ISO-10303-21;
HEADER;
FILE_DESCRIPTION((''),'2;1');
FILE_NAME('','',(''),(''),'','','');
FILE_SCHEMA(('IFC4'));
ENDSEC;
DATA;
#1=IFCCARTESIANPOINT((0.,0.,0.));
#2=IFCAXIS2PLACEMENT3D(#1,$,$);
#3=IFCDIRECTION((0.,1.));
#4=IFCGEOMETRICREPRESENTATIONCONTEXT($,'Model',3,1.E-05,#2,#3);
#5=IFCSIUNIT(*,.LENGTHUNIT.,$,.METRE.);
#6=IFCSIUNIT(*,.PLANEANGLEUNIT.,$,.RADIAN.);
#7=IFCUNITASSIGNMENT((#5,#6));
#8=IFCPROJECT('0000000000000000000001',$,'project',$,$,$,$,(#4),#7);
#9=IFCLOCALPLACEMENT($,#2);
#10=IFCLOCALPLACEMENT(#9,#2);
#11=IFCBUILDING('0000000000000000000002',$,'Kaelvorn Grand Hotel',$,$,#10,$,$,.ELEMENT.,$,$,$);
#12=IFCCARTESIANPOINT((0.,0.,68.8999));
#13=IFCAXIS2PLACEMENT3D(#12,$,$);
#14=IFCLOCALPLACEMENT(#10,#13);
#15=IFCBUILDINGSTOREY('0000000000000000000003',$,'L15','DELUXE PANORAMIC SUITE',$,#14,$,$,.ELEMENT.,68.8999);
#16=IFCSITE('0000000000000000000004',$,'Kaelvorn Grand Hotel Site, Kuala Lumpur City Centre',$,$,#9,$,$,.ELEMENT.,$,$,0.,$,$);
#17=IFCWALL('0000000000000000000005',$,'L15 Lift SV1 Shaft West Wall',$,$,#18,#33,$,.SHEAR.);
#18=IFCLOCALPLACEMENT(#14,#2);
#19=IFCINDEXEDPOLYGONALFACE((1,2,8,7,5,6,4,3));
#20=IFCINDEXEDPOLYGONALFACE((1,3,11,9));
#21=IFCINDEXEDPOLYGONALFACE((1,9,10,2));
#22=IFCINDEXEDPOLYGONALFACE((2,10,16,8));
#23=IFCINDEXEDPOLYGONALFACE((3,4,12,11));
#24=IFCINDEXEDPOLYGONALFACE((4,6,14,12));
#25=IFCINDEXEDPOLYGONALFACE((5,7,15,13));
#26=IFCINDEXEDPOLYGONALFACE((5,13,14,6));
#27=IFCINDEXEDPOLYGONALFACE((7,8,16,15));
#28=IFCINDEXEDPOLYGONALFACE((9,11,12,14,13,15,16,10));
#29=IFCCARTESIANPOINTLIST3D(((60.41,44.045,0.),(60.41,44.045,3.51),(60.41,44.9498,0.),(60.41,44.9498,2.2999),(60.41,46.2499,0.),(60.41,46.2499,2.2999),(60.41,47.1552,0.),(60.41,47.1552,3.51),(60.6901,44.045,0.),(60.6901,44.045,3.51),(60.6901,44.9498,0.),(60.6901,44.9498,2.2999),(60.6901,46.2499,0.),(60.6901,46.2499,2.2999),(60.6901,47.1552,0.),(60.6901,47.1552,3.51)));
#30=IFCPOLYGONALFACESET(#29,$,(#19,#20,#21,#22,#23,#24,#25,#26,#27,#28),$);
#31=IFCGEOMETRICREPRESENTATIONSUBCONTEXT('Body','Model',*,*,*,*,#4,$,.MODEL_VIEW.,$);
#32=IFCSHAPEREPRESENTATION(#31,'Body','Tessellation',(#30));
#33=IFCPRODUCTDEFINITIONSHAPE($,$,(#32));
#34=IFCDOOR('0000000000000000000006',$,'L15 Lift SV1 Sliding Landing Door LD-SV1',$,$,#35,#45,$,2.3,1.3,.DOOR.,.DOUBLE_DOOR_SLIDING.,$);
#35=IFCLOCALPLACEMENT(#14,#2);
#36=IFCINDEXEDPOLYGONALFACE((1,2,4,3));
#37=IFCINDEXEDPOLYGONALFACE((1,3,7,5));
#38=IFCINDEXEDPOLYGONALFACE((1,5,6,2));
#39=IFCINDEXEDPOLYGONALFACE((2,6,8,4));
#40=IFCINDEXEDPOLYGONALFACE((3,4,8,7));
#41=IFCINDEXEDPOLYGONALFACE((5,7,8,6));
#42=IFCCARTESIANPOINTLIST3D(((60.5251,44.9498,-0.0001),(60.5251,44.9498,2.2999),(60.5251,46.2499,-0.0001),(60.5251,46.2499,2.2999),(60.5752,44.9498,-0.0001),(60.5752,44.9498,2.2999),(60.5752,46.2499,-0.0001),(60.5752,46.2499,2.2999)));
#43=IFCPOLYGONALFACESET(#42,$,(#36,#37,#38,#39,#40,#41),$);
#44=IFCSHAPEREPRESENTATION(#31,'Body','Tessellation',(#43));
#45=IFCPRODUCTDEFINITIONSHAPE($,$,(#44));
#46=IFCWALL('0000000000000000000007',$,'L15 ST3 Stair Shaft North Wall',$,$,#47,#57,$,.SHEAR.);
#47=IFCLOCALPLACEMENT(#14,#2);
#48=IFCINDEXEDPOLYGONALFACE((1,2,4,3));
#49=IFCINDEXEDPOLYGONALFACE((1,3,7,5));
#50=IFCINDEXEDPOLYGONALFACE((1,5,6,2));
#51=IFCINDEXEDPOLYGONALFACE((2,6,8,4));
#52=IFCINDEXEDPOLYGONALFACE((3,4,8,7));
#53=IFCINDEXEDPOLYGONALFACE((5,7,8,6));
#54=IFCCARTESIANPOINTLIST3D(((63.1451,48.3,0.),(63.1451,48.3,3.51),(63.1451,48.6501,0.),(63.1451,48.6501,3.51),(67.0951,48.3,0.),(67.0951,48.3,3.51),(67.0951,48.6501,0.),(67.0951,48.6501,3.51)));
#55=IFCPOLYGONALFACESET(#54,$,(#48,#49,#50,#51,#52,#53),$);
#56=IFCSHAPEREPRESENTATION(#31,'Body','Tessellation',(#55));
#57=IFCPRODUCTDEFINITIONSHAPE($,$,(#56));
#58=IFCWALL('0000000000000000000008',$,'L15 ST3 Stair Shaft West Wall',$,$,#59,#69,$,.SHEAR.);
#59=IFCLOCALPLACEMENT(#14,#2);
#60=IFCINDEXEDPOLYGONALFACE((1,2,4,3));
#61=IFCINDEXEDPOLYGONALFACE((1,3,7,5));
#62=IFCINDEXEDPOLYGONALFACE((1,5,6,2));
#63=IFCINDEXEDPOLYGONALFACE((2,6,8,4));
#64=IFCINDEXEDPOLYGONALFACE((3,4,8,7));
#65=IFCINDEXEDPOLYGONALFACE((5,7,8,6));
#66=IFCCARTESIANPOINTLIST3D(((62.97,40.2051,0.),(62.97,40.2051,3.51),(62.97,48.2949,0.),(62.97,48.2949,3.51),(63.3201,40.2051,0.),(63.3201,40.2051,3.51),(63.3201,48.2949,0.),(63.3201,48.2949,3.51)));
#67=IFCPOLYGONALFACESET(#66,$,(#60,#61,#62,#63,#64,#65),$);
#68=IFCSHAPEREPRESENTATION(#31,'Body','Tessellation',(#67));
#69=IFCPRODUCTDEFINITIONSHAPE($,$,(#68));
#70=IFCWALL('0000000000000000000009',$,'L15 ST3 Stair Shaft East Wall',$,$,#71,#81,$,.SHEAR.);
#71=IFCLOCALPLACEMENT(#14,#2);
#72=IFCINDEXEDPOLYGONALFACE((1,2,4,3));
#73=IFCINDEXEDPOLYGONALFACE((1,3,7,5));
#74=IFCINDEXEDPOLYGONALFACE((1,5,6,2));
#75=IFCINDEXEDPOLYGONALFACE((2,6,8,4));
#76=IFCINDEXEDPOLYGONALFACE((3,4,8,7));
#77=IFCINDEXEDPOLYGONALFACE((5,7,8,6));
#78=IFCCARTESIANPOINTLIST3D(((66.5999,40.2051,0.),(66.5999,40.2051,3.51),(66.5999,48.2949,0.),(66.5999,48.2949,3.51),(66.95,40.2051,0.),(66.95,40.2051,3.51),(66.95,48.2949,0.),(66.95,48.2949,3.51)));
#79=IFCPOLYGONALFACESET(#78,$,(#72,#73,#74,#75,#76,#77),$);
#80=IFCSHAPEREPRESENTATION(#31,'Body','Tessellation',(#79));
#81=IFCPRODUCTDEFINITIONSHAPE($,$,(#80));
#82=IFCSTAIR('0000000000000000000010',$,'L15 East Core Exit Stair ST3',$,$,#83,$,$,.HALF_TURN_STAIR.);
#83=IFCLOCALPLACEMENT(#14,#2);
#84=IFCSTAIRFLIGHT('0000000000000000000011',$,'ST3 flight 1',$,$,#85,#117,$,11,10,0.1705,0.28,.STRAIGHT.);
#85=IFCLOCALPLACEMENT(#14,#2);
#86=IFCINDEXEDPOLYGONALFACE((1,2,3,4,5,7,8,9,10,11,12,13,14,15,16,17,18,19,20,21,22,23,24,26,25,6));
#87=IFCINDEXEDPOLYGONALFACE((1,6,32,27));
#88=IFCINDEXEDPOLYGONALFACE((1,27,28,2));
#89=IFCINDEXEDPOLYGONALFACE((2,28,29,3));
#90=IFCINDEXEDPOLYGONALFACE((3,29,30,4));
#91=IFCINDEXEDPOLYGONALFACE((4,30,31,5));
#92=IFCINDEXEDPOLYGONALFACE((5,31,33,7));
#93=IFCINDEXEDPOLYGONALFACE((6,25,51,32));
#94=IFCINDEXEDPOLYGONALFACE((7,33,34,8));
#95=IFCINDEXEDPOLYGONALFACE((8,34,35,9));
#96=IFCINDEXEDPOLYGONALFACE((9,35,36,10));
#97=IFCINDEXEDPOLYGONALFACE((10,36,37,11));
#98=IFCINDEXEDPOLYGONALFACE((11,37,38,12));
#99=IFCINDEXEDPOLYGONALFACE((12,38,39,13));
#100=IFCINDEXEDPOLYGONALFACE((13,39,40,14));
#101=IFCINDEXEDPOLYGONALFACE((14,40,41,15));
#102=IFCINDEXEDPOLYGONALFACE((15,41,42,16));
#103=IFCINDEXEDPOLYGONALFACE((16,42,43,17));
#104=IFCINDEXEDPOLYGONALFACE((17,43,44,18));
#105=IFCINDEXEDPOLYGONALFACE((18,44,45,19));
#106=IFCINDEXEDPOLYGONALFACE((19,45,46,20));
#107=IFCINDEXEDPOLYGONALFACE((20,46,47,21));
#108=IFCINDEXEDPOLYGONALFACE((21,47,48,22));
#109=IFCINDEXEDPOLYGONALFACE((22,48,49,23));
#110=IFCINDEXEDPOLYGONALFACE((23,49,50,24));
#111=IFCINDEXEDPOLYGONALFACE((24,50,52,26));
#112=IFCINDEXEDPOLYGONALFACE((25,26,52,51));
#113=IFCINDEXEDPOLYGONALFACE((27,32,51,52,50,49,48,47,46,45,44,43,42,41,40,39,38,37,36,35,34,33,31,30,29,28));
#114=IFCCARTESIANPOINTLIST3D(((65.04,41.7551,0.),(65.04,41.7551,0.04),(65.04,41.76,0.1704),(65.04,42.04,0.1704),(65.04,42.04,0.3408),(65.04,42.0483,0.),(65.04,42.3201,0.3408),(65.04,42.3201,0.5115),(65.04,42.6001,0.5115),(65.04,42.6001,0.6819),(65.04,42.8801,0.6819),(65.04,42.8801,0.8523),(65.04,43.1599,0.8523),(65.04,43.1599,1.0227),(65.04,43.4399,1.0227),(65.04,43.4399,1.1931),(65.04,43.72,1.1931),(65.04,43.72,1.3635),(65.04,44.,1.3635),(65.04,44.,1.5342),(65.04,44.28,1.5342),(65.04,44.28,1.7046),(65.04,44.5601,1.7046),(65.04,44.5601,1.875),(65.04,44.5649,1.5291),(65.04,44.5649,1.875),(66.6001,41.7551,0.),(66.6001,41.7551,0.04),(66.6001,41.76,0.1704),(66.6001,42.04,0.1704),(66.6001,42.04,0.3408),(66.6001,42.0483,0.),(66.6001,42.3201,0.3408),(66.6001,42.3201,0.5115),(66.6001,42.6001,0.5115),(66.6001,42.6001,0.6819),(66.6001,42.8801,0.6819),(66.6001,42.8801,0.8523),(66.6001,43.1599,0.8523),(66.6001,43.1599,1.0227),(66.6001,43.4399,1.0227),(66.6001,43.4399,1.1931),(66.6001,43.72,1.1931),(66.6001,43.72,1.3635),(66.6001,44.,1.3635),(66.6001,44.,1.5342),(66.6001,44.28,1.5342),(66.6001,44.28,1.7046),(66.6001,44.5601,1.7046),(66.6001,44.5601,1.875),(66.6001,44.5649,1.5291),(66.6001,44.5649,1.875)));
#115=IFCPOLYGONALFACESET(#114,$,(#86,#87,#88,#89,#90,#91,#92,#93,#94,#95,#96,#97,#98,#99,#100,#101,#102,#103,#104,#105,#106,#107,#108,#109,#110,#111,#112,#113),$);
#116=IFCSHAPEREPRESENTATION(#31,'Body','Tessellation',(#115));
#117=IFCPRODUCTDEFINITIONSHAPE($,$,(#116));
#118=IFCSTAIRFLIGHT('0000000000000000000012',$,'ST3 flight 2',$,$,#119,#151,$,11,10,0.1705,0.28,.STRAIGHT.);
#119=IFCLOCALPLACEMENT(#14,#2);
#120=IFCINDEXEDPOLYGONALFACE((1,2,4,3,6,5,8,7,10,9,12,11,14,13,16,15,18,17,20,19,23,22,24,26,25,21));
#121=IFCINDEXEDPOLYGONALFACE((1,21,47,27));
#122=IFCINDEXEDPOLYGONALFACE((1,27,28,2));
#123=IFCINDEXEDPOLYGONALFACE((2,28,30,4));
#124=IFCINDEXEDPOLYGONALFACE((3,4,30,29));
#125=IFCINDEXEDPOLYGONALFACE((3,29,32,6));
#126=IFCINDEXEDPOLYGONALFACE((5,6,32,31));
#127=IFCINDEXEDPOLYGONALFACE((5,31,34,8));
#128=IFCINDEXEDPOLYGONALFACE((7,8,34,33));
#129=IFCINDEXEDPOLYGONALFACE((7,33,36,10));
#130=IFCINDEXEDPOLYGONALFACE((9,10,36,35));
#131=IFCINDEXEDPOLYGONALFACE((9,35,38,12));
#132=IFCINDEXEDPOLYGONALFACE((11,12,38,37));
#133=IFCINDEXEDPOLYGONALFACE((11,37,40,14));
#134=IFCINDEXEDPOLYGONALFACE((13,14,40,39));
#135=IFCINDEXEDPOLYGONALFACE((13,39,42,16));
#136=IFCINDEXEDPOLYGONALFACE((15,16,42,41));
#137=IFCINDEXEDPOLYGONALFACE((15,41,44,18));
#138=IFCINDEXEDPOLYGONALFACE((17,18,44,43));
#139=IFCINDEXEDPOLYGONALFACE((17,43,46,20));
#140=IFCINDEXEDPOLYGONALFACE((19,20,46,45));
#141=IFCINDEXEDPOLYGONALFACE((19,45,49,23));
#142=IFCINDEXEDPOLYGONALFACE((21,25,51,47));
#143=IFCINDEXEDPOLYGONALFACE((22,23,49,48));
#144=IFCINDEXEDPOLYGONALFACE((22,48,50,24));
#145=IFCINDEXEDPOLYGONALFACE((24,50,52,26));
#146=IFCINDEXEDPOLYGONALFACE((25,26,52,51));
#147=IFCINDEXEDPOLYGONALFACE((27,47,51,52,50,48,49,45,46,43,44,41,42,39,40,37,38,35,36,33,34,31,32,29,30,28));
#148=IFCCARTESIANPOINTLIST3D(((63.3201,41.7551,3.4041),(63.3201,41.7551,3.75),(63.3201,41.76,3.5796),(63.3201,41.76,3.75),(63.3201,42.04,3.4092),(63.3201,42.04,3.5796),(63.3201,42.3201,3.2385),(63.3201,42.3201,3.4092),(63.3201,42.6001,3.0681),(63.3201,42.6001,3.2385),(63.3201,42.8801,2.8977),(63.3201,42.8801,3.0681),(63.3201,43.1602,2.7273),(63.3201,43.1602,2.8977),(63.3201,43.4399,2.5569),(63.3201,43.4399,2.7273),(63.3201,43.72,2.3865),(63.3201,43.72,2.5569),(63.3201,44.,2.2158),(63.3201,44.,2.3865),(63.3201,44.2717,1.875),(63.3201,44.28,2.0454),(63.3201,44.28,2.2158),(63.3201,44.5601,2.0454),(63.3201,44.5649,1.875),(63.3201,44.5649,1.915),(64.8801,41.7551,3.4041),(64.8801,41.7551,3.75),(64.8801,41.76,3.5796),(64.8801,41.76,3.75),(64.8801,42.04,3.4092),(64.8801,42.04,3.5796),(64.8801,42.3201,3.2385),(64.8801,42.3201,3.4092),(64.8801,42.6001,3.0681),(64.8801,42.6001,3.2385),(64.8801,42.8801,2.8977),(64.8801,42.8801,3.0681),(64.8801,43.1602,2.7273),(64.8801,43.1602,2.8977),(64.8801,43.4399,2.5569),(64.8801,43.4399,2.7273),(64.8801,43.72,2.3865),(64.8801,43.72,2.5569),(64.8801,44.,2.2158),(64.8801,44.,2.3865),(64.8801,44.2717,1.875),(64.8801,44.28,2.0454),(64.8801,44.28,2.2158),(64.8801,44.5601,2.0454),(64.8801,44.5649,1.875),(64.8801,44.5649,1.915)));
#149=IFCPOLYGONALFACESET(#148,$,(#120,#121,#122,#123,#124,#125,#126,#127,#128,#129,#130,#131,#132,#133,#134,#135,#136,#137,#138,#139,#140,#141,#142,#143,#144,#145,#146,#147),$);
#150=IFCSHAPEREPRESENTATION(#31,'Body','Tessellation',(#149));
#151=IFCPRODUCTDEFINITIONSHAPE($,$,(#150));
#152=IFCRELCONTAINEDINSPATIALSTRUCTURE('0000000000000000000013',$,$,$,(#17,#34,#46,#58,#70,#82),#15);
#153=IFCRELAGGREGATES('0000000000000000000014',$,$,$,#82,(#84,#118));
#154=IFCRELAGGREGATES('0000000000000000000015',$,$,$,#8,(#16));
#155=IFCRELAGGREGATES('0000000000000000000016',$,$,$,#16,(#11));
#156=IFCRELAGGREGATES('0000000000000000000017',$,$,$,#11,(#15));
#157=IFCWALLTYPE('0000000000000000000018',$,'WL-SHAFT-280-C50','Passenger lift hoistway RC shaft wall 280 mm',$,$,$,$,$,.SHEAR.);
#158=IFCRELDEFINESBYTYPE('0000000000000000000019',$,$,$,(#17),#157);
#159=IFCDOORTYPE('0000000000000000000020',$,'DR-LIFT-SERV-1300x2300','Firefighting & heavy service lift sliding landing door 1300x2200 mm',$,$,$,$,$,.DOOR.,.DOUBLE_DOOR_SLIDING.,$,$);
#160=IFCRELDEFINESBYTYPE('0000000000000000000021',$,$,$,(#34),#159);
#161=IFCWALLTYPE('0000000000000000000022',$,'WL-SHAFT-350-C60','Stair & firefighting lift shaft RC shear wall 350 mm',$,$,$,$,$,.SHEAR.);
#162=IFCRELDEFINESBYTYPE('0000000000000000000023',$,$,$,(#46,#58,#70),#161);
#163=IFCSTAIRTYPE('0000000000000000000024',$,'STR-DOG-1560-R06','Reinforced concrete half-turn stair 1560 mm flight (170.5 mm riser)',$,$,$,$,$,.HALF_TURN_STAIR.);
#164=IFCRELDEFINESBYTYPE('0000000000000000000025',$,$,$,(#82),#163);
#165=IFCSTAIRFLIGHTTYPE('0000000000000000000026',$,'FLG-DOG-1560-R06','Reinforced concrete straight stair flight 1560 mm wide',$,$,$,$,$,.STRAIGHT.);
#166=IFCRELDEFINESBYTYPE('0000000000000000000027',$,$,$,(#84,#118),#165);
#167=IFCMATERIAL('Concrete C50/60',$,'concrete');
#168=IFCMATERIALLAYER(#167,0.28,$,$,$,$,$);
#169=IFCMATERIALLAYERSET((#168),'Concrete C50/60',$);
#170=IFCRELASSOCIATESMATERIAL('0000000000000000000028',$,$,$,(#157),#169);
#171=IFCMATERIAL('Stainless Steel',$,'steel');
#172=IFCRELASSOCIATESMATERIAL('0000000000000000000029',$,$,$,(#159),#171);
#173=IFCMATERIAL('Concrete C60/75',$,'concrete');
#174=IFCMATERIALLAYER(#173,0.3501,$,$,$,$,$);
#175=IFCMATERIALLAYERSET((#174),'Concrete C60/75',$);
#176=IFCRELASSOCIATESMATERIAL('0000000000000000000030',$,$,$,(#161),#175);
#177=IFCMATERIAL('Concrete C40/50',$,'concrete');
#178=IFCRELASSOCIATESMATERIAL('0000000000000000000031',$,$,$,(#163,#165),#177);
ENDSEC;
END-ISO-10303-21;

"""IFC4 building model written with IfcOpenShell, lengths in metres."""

from ifc_helpers import new_model, si_unit, direction, frame, frame_2d, origin, place, context, subcontext, project, spatial, polyline, rectangle, outline, extrude, material, layer, layer_set, type_object, element, fill, aggregate, save


model = new_model("IFC4")

# Units and contexts
model_context = context("Model", 3, precision=1e-05, world=origin(), true_north=direction((0.0, 1.0)))
body_context = subcontext(model_context, "Body", "Model", "MODEL_VIEW")
ifc_project = project(units=[si_unit("LENGTHUNIT", "METRE"), si_unit("PLANEANGLEUNIT", "RADIAN")], contexts=[model_context])

# Site, building, storey
site_placement = place(None, origin())
site = spatial("IfcSite", under=ifc_project, at=site_placement, Name="Kaelvorn Grand Hotel Site, Kuala Lumpur City Centre", CompositionType="ELEMENT", RefElevation=0.0)
building_placement = place(site_placement, origin())
building = spatial("IfcBuilding", under=site, at=building_placement, Name="Kaelvorn Grand Hotel", CompositionType="ELEMENT")
storey_placement = place(building_placement, frame((0.0, 0.0, 68.8999)))
storey = spatial("IfcBuildingStorey", under=building, at=storey_placement, Name="L15", Description="DELUXE PANORAMIC SUITE", CompositionType="ELEMENT", Elevation=68.8999)

# Shared definitions
ifc_material_1 = material(Name="Concrete C60/75", Category="concrete")

# Shared definitions
ifc_material_2 = material(Name="Concrete C40/50", Category="concrete")
ifc_material_3 = material(Name="Concrete C50/60", Category="concrete")
ifc_layer_1 = layer(ifc_material_3, 0.28)
ifc_layer_set_1 = layer_set([ifc_layer_1], Name="Concrete C50/60")
wall_type_1 = type_object("IfcWallType", Name="WL-SHAFT-280-C50", Description="Passenger lift hoistway RC shaft wall 280 mm", PredefinedType="SHEAR", material=ifc_layer_set_1)

# Wall, opening, door
wall_1_placement = place(storey_placement, frame((60.55, 44.0449, 0.0), z_axis=(0.0, 0.0, 1.0), x_axis=(0.0, 1.0, 0.0)))
wall_1 = element("IfcWall", 1, at=wall_1_placement, inside=storey, type_object=wall_type_1, Name="L15 Lift SV1 Shaft West Wall", PredefinedType="SHEAR", context=body_context, shape_type="SweptSolid", body=[
    extrude(rectangle(XDim=3.1101, YDim=0.28, at=frame_2d((1.5552, 0.0))), origin(), (0.0, 0.0, 1.0), 3.51),
])
opening_1_placement = place(wall_1_placement, frame((0.905, 0.0, 0.0)))
opening_1 = element("IfcOpeningElement", 2, at=opening_1_placement, cuts=wall_1, PredefinedType="OPENING", context=body_context, shape_type="SweptSolid", body=[
    extrude(rectangle(XDim=1.3, YDim=2.3, at=frame_2d((0.6499, 1.1499))), frame((0.0, 0.1499, 0.0), z_axis=(0.0, -1.0, 0.0), x_axis=(1.0, 0.0, 0.0)), (0.0, 0.0, 1.0), 0.3),
])
ifc_material_4 = material(Name="Stainless Steel", Category="steel")
door_type_1 = type_object("IfcDoorType", Name="DR-LIFT-SERV-1300x2300", Description="Firefighting & heavy service lift sliding landing door 1300x2200 mm", OperationType="DOUBLE_DOOR_SLIDING", PredefinedType="DOOR", material=ifc_material_4)
door_1_placement = place(opening_1_placement, origin())
door_1 = element("IfcDoor", 3, at=door_1_placement, inside=storey, type_object=door_type_1, Name="L15 Lift SV1 Sliding Landing Door LD-SV1", OperationType="DOUBLE_DOOR_SLIDING", OverallHeight=2.3, OverallWidth=1.3, PredefinedType="DOOR", context=body_context, shape_type="SweptSolid", body=[
    extrude(rectangle(XDim=1.3, YDim=2.3, at=frame_2d((0.6499, 1.1499))), frame((0.0, 0.0249, 0.0), z_axis=(0.0, -1.0, 0.0), x_axis=(1.0, 0.0, 0.0)), (0.0, 0.0, 1.0), 0.05),
])
fill(opening_1, door_1)
ifc_layer_2 = layer(ifc_material_1, 0.3501)
ifc_layer_set_2 = layer_set([ifc_layer_2], Name="Concrete C60/75")
wall_type_2 = type_object("IfcWallType", Name="WL-SHAFT-350-C60", Description="Stair & firefighting lift shaft RC shear wall 350 mm", PredefinedType="SHEAR", material=ifc_layer_set_2)

# Walls
wall_2_placement = place(storey_placement, frame((63.145, 48.4751, 0.0), z_axis=(0.0, 0.0, 1.0), x_axis=(1.0, 0.0, 0.0)))
element("IfcWall", 4, at=wall_2_placement, inside=storey, type_object=wall_type_2, Name="L15 ST3 Stair Shaft North Wall", PredefinedType="SHEAR", context=body_context, shape_type="SweptSolid", body=[
    extrude(rectangle(XDim=3.95, YDim=0.3501, at=frame_2d((1.9751, 0.0))), origin(), (0.0, 0.0, 1.0), 3.51),
])
for number, where, z_axis, x_axis, name in (
    (5, (63.145, 40.2051, 0.0), (0.0, 0.0, 1.0), (0.0, 1.0, 0.0), "L15 ST3 Stair Shaft West Wall"),
    (6, (66.7749, 40.2051, 0.0), (0.0, 0.0, 1.0), (0.0, 1.0, 0.0), "L15 ST3 Stair Shaft East Wall"),
):
    element("IfcWall", number, at=place(storey_placement, frame(where, z_axis=z_axis, x_axis=x_axis)), inside=storey, type_object=wall_type_2, Name=name, PredefinedType="SHEAR", context=body_context, shape_type="SweptSolid", body=[
        extrude(rectangle(XDim=8.0898, YDim=0.3501, at=frame_2d((4.0449, 0.0))), origin(), (0.0, 0.0, 1.0), 3.51),
    ])

# Stair, stair flights
stair_type = type_object("IfcStairType", Name="STR-DOG-1560-R06", Description="Reinforced concrete half-turn stair 1560 mm flight (170.5 mm riser)", PredefinedType="HALF_TURN_STAIR", material=ifc_material_2)
stair_placement = place(storey_placement, origin())
stair = element("IfcStair", 7, at=stair_placement, inside=storey, type_object=stair_type, Name="L15 East Core Exit Stair ST3", PredefinedType="HALF_TURN_STAIR")
stair_flight_type = type_object("IfcStairFlightType", Name="FLG-DOG-1560-R06", Description="Reinforced concrete straight stair flight 1560 mm wide", PredefinedType="STRAIGHT", material=ifc_material_2)
stair_flight_1_placement = place(storey_placement, frame((65.8201, 41.76, 0.0), z_axis=(0.0, 0.0, 1.0), x_axis=(0.0, 1.0, 0.0)))
stair_flight_1 = element("IfcStairFlight", 8, at=stair_flight_1_placement, type_object=stair_flight_type, Name="ST3 flight 1", NumberOfRisers=11, NumberOfTreads=10, PredefinedType="STRAIGHT", RiserHeight=0.1705, TreadLength=0.28, context=body_context, shape_type="SweptSolid", body=[
    extrude(outline(polyline([(-0.0049, 0.0), (-0.0049, 0.04), (0.0, 0.1704), (0.28, 0.1704), (0.28, 0.3408), (0.5601, 0.3408), (0.5601, 0.5115), (0.8401, 0.5115), (0.8401, 0.6819), (1.1201, 0.6819), (1.1201, 0.8523), (1.3999, 0.8523), (1.3999, 1.0227), (1.6799, 1.0227), (1.6799, 1.1931), (1.96, 1.1931), (1.96, 1.3635), (2.24, 1.3635), (2.24, 1.5342), (2.52, 1.5342), (2.52, 1.7046), (2.8, 1.7046), (2.8, 1.875), (2.8049, 1.875), (2.8049, 1.5291), (0.2883, 0.0), (-0.0049, 0.0)])), frame((0.0, 0.78, 0.0), z_axis=(0.0, -1.0, 0.0), x_axis=(1.0, 0.0, 0.0)), (0.0, 0.0, 1.0), 1.5601),
])
stair_flight_2_placement = place(storey_placement, frame((64.1001, 44.5601, 1.875), z_axis=(0.0, 0.0, 1.0), x_axis=(0.0, -1.0, 0.0)))
stair_flight_2 = element("IfcStairFlight", 9, at=stair_flight_2_placement, type_object=stair_flight_type, Name="ST3 flight 2", NumberOfRisers=11, NumberOfTreads=10, PredefinedType="STRAIGHT", RiserHeight=0.1705, TreadLength=0.28, context=body_context, shape_type="SweptSolid", body=[
    extrude(outline(polyline([(-0.0049, 0.0), (-0.0049, 0.04), (0.0, 0.1704), (0.28, 0.1704), (0.28, 0.3408), (0.5601, 0.3408), (0.5601, 0.5115), (0.8401, 0.5115), (0.8401, 0.6819), (1.1201, 0.6819), (1.1201, 0.8523), (1.3999, 0.8523), (1.3999, 1.0227), (1.6799, 1.0227), (1.6799, 1.1931), (1.96, 1.1931), (1.96, 1.3635), (2.24, 1.3635), (2.24, 1.5342), (2.52, 1.5342), (2.52, 1.7046), (2.8, 1.7046), (2.8, 1.875), (2.8049, 1.875), (2.8049, 1.5291), (0.2883, 0.0), (-0.0049, 0.0)])), frame((0.0, 0.78, 0.0), z_axis=(0.0, -1.0, 0.0), x_axis=(1.0, 0.0, 0.0)), (0.0, 0.0, 1.0), 1.5601),
])
aggregate(stair, [stair_flight_1, stair_flight_2])

save(model, "model.ifc")
